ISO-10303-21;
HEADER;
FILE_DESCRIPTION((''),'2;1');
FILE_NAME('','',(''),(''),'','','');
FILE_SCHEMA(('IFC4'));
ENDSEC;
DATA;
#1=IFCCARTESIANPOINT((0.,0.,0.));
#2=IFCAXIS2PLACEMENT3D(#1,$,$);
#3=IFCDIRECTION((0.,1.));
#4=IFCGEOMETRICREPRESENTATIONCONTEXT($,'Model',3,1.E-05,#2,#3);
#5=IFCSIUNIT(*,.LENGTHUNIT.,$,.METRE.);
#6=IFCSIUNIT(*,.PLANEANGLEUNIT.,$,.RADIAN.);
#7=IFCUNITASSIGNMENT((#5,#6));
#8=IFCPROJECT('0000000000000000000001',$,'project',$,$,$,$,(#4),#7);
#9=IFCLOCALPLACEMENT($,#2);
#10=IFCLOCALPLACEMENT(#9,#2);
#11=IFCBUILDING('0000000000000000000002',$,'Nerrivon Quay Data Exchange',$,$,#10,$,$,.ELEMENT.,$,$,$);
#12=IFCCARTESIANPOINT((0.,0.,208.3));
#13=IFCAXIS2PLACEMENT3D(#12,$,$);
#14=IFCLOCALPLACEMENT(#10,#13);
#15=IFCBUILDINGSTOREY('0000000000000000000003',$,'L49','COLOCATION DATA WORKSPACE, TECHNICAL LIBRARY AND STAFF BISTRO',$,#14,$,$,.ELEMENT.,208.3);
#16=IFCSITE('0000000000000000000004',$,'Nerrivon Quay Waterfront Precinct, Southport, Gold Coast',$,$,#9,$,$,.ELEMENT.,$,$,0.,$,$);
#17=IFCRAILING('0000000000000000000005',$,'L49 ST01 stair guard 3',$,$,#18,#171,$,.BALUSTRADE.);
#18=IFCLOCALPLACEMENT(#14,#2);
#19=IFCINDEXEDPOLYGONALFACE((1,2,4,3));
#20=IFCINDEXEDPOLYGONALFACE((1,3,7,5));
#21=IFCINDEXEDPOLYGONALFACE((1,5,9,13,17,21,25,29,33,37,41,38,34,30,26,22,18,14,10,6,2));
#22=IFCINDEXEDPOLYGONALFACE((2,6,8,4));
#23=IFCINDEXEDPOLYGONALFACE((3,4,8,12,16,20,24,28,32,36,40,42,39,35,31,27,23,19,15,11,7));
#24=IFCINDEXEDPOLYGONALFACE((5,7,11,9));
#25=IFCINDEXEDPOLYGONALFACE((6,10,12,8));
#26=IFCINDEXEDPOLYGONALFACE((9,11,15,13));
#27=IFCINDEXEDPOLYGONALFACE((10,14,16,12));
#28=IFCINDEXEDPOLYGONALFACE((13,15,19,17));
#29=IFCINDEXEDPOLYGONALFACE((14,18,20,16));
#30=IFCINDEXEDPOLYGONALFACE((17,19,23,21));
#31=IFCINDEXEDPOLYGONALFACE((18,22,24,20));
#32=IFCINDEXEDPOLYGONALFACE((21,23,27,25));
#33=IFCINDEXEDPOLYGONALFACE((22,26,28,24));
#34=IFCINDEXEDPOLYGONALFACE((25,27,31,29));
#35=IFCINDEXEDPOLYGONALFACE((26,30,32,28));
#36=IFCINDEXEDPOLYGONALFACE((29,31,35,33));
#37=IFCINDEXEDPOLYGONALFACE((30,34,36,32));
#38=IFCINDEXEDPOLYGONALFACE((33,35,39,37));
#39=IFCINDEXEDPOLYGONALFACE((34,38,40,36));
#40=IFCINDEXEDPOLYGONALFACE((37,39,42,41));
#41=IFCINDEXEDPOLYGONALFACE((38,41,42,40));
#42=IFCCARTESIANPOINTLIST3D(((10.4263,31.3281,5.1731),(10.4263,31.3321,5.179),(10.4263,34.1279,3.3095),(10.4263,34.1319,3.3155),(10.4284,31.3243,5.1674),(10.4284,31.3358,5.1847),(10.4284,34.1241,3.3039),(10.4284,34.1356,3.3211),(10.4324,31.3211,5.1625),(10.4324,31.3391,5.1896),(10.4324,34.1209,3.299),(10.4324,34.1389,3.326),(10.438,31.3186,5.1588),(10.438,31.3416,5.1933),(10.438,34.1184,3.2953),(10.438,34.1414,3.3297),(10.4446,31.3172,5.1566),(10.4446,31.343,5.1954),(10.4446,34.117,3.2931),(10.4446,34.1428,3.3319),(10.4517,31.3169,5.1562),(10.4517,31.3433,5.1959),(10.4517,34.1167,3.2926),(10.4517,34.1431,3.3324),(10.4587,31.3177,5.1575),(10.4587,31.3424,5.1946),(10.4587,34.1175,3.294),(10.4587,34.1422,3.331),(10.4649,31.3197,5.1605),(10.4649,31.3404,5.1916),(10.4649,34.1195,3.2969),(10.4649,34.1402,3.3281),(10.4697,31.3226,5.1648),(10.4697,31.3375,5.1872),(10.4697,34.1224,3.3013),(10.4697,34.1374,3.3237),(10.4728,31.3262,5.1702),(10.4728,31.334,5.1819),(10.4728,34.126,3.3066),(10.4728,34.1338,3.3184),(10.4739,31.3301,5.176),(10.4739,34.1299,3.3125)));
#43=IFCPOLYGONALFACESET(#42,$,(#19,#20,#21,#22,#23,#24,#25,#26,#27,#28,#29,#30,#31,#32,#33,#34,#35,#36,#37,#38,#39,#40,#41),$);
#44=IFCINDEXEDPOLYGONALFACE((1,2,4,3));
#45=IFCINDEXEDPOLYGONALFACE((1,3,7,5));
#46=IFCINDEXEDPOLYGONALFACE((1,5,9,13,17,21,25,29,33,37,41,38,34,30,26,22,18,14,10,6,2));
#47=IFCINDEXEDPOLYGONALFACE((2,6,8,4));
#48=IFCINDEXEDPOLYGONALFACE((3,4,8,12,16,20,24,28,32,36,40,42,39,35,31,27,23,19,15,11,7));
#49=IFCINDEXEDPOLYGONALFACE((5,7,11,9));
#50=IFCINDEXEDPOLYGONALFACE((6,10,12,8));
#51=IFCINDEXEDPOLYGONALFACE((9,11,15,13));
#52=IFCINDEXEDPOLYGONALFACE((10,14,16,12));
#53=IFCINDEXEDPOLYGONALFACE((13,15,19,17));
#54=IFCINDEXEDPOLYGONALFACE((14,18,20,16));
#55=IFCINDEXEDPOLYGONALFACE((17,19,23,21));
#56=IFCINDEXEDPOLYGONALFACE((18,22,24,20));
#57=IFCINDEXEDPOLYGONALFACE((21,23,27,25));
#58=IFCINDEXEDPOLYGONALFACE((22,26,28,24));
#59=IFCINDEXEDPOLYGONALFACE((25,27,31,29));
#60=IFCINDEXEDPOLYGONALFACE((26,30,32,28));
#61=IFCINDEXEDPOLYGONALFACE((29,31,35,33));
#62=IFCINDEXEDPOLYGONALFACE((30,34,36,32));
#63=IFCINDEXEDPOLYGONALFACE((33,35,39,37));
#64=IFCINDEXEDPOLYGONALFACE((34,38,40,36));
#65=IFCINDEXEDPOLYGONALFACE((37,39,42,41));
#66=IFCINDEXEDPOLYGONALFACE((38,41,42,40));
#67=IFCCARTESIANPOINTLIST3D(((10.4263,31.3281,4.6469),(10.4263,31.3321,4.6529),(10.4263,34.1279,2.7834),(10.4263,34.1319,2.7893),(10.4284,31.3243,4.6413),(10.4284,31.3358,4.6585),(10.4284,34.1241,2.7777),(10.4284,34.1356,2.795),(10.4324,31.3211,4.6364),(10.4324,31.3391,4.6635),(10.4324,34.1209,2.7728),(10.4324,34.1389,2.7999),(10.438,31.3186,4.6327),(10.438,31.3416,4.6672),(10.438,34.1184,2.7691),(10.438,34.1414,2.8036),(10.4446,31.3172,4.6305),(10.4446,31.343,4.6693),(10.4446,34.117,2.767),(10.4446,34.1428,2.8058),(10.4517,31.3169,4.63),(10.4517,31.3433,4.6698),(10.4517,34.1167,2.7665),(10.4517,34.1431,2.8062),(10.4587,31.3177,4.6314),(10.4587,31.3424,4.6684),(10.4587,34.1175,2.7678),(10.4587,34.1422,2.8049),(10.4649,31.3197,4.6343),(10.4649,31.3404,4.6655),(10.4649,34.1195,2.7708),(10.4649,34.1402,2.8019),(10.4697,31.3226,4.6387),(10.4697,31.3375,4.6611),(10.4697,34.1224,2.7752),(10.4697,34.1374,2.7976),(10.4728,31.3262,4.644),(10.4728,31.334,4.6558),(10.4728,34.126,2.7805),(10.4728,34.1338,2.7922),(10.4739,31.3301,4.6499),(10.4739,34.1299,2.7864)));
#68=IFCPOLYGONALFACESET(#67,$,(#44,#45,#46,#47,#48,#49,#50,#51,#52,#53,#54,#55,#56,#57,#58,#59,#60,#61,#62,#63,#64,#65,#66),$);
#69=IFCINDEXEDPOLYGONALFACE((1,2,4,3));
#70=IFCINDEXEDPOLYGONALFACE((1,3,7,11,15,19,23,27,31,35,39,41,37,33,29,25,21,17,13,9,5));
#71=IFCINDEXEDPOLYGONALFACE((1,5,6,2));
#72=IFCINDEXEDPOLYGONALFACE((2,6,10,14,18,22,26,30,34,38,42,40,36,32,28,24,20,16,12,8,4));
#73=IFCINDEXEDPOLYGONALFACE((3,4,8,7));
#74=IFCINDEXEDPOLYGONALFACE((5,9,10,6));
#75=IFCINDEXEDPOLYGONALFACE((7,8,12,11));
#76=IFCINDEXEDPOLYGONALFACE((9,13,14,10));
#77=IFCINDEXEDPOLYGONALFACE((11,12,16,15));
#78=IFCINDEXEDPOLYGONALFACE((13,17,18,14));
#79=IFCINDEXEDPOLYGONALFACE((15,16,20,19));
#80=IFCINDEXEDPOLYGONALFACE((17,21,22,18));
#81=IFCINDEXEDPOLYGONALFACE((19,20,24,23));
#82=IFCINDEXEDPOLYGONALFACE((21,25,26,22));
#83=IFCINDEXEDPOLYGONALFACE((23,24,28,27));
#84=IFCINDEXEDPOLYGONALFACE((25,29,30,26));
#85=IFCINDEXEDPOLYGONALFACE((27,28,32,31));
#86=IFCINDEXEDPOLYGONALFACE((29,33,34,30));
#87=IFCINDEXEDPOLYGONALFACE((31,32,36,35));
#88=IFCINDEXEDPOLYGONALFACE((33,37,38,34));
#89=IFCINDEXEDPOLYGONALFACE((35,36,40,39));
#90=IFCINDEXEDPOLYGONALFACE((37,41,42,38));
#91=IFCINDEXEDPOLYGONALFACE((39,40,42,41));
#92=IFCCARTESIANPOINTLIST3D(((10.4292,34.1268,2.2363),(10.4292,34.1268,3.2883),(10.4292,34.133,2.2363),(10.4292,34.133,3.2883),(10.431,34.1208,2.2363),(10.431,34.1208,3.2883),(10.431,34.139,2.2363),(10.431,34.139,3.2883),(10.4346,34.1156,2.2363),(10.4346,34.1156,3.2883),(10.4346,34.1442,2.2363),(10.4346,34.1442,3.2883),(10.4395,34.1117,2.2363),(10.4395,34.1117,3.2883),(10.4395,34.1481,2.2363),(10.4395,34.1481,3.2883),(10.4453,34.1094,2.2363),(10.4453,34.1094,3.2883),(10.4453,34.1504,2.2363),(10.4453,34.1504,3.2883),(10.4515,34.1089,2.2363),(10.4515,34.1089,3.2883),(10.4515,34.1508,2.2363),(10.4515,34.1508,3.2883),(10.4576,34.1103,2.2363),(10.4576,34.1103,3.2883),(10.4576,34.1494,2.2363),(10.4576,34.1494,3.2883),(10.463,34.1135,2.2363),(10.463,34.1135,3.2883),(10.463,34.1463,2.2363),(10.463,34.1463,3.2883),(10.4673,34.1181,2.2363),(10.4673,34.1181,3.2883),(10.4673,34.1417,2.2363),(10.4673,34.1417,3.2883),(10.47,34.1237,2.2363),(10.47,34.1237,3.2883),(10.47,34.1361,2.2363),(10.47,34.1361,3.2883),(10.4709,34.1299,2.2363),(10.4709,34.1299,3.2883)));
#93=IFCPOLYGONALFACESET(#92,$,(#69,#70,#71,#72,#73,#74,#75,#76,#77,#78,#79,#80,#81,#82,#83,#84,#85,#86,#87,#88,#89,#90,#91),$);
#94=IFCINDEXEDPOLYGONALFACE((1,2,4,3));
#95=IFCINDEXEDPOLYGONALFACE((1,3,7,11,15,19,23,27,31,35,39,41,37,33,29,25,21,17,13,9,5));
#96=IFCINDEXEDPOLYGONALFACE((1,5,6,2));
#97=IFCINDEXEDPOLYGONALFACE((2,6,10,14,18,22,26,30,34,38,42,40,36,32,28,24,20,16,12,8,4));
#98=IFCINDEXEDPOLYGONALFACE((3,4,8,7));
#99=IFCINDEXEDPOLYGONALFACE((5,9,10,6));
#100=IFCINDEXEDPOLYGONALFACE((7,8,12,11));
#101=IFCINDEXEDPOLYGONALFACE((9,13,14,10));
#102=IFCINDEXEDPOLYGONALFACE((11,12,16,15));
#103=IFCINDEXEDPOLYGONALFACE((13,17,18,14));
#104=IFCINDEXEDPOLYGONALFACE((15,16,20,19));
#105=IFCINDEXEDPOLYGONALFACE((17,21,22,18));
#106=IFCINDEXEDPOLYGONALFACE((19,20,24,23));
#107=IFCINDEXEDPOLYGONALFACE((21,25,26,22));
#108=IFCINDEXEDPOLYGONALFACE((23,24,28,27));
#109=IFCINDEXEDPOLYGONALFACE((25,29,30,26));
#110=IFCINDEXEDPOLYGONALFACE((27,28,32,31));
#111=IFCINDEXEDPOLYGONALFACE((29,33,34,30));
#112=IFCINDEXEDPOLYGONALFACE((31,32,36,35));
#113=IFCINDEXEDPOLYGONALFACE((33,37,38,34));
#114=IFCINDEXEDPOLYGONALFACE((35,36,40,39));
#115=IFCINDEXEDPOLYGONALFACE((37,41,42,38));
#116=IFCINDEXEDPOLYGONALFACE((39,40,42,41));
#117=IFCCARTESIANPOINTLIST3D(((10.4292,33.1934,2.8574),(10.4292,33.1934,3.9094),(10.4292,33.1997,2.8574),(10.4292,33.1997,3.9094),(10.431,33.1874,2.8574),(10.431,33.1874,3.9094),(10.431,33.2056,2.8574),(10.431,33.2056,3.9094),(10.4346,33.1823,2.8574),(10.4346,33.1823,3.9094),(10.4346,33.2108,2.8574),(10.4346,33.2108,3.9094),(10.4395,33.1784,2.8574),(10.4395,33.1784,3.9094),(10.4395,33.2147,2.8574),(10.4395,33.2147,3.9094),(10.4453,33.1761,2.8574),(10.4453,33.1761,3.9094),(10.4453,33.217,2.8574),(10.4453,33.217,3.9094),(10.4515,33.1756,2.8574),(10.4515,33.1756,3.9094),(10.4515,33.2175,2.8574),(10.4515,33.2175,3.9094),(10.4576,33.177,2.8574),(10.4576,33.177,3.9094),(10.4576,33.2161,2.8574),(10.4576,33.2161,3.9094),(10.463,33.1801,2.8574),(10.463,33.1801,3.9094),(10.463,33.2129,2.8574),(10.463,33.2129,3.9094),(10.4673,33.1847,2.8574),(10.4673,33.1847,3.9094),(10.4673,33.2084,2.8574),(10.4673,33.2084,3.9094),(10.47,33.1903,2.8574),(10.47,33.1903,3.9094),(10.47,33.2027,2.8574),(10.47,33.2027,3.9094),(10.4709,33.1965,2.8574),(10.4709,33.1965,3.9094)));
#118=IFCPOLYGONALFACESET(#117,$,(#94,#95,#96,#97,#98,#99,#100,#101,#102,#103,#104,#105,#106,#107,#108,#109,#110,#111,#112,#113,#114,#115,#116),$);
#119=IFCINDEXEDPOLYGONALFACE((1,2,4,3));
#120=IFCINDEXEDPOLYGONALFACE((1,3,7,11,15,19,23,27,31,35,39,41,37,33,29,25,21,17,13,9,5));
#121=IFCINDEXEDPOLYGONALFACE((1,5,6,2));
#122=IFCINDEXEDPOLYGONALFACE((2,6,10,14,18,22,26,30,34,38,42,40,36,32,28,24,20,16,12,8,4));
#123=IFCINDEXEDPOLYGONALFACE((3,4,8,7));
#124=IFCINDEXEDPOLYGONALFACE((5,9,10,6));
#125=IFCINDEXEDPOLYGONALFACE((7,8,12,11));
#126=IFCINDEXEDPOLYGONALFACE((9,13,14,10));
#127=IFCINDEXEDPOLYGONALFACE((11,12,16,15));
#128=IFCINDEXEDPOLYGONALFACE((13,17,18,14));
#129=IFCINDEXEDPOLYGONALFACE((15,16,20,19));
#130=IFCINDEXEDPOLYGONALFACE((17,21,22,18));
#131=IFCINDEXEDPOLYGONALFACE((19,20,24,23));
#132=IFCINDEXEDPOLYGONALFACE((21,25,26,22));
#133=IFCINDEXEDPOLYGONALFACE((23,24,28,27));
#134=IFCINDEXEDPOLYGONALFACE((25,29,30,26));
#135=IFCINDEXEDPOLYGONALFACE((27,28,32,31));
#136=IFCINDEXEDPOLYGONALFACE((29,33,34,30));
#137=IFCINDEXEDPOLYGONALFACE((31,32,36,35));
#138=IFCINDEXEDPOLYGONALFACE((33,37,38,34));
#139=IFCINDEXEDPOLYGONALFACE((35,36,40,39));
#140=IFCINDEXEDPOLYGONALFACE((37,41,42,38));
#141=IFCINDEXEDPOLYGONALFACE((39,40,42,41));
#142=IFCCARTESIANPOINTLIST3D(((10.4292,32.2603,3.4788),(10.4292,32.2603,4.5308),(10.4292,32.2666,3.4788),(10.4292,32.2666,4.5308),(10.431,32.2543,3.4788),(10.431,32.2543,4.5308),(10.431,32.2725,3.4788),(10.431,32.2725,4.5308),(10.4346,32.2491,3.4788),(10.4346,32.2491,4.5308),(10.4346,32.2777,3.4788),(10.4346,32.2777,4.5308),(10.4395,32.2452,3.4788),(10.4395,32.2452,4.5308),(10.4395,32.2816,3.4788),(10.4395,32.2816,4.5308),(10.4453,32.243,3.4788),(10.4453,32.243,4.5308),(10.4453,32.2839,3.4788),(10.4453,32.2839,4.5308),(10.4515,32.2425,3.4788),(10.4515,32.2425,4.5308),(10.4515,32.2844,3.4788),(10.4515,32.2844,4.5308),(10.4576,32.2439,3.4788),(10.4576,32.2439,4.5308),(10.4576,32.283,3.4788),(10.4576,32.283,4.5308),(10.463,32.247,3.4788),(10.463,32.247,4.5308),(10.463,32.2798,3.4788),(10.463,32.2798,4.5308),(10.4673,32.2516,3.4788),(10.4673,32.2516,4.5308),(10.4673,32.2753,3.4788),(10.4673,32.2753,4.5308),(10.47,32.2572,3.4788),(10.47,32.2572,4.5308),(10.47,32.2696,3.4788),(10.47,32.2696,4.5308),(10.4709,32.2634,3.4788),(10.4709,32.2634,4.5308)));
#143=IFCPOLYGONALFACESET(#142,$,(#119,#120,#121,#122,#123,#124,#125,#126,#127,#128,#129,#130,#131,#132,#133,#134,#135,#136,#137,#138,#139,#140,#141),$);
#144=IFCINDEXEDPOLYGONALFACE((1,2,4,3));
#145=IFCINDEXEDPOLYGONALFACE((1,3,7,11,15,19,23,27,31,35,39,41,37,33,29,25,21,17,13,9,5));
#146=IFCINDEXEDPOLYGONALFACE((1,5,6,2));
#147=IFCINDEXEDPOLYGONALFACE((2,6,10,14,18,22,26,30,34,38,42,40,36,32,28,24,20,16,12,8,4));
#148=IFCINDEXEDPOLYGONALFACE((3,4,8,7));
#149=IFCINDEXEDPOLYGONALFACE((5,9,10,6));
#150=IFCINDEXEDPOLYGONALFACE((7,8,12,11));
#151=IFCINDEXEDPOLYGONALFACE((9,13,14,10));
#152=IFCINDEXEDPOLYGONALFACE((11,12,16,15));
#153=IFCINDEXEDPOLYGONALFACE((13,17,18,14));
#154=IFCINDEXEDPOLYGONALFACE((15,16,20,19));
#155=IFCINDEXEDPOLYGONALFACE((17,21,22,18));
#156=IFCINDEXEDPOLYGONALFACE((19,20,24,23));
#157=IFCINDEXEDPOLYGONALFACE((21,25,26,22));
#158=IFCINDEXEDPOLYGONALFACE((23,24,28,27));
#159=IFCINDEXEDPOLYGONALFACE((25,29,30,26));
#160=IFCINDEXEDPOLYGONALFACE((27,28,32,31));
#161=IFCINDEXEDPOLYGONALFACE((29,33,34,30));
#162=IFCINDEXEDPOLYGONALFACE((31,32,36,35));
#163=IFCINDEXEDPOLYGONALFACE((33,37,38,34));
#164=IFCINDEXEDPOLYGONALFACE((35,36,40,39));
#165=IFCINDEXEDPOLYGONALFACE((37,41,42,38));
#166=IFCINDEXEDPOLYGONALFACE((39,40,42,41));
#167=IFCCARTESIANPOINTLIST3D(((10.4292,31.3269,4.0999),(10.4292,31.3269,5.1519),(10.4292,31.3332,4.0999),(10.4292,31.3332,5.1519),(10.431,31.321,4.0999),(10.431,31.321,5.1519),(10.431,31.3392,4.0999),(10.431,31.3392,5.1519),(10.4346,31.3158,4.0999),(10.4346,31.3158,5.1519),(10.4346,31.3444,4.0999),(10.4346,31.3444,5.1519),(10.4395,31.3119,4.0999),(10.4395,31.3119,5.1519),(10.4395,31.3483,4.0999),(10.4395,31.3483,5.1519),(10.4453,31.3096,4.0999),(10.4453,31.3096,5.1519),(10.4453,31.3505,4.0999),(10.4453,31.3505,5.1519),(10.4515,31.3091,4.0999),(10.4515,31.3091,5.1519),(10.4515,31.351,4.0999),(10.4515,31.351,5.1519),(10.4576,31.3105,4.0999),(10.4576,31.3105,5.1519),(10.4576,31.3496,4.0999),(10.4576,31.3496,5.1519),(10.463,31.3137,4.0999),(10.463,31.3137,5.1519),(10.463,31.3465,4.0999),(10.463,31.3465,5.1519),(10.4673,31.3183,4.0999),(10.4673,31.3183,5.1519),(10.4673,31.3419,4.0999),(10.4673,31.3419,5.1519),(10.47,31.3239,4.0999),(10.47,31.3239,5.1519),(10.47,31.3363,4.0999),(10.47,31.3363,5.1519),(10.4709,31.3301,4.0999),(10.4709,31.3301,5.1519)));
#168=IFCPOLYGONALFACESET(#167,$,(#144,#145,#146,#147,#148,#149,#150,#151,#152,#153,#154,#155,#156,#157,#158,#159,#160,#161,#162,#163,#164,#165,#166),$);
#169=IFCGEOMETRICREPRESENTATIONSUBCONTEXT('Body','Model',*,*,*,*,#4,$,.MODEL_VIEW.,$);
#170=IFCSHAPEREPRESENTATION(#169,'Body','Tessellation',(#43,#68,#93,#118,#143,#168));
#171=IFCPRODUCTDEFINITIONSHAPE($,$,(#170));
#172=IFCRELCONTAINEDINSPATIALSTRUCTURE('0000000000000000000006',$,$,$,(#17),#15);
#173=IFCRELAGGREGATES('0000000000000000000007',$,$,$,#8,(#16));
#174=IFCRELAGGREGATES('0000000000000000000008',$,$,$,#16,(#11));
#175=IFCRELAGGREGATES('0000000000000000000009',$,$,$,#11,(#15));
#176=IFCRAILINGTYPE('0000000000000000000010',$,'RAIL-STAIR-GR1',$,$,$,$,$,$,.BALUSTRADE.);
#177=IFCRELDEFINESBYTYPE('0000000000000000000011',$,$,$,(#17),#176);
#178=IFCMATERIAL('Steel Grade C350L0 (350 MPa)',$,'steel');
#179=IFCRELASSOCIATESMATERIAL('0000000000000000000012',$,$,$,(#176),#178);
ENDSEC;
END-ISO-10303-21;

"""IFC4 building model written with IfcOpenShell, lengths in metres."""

from ifc_helpers import new_model, si_unit, direction, frame, origin, origin_2d, place, context, subcontext, project, spatial, circle, extrude, material, type_object, element, save


model = new_model("IFC4")

# Units and contexts
model_context = context("Model", 3, precision=1e-05, world=origin(), true_north=direction((0.0, 1.0)))
body_context = subcontext(model_context, "Body", "Model", "MODEL_VIEW")
ifc_project = project(units=[si_unit("LENGTHUNIT", "METRE"), si_unit("PLANEANGLEUNIT", "RADIAN")], contexts=[model_context])

# Site, building, storey
site_placement = place(None, origin())
site = spatial("IfcSite", under=ifc_project, at=site_placement, Name="Nerrivon Quay Waterfront Precinct, Southport, Gold Coast", CompositionType="ELEMENT", RefElevation=0.0)
building_placement = place(site_placement, origin())
building = spatial("IfcBuilding", under=site, at=building_placement, Name="Nerrivon Quay Data Exchange", CompositionType="ELEMENT")
storey_placement = place(building_placement, frame((0.0, 0.0, 208.3)))
storey = spatial("IfcBuildingStorey", under=building, at=storey_placement, Name="L49", Description="COLOCATION DATA WORKSPACE, TECHNICAL LIBRARY AND STAFF BISTRO", CompositionType="ELEMENT", Elevation=208.3)

# Shared definitions
ifc_material_1 = material(Name="Steel Grade C350L0 (350 MPa)", Category="steel")

# Railing
railing_type_1 = type_object("IfcRailingType", Name="RAIL-STAIR-GR1", PredefinedType="BALUSTRADE", material=ifc_material_1)
railing_1_placement = place(storey_placement, frame((10.45, 34.1299, 2.2363)))
element("IfcRailing", 1, at=railing_1_placement, inside=storey, type_object=railing_type_1, Name="L49 ST01 stair guard 3", PredefinedType="BALUSTRADE", context=body_context, shape_type="SweptSolid", body=[
    extrude(circle(Radius=0.0239, at=origin_2d()), frame((0.0, 0.0, 1.0762), z_axis=(0.0, -0.832463, 0.55408), x_axis=(1.0, 0.0, 0.0)), (0.0, 0.0, 1.0), 3.3633),
    extrude(circle(Radius=0.0239, at=origin_2d()), frame((0.0, 0.0, 0.55), z_axis=(0.0, -0.832463, 0.55408), x_axis=(1.0, 0.0, 0.0)), (0.0, 0.0, 1.0), 3.3633),
    extrude(circle(Radius=0.021, at=origin_2d()), origin(), (0.0, 0.0, 1.0), 1.052),
    extrude(circle(Radius=0.021, at=origin_2d()), frame((0.0, -0.9333, 0.6211)), (0.0, 0.0, 1.0), 1.052),
    extrude(circle(Radius=0.021, at=origin_2d()), frame((0.0, -1.8665, 1.2424)), (0.0, 0.0, 1.0), 1.052),
    extrude(circle(Radius=0.021, at=origin_2d()), frame((0.0, -2.7998, 1.8635)), (0.0, 0.0, 1.0), 1.052),
])

save(model, "model.ifc")
